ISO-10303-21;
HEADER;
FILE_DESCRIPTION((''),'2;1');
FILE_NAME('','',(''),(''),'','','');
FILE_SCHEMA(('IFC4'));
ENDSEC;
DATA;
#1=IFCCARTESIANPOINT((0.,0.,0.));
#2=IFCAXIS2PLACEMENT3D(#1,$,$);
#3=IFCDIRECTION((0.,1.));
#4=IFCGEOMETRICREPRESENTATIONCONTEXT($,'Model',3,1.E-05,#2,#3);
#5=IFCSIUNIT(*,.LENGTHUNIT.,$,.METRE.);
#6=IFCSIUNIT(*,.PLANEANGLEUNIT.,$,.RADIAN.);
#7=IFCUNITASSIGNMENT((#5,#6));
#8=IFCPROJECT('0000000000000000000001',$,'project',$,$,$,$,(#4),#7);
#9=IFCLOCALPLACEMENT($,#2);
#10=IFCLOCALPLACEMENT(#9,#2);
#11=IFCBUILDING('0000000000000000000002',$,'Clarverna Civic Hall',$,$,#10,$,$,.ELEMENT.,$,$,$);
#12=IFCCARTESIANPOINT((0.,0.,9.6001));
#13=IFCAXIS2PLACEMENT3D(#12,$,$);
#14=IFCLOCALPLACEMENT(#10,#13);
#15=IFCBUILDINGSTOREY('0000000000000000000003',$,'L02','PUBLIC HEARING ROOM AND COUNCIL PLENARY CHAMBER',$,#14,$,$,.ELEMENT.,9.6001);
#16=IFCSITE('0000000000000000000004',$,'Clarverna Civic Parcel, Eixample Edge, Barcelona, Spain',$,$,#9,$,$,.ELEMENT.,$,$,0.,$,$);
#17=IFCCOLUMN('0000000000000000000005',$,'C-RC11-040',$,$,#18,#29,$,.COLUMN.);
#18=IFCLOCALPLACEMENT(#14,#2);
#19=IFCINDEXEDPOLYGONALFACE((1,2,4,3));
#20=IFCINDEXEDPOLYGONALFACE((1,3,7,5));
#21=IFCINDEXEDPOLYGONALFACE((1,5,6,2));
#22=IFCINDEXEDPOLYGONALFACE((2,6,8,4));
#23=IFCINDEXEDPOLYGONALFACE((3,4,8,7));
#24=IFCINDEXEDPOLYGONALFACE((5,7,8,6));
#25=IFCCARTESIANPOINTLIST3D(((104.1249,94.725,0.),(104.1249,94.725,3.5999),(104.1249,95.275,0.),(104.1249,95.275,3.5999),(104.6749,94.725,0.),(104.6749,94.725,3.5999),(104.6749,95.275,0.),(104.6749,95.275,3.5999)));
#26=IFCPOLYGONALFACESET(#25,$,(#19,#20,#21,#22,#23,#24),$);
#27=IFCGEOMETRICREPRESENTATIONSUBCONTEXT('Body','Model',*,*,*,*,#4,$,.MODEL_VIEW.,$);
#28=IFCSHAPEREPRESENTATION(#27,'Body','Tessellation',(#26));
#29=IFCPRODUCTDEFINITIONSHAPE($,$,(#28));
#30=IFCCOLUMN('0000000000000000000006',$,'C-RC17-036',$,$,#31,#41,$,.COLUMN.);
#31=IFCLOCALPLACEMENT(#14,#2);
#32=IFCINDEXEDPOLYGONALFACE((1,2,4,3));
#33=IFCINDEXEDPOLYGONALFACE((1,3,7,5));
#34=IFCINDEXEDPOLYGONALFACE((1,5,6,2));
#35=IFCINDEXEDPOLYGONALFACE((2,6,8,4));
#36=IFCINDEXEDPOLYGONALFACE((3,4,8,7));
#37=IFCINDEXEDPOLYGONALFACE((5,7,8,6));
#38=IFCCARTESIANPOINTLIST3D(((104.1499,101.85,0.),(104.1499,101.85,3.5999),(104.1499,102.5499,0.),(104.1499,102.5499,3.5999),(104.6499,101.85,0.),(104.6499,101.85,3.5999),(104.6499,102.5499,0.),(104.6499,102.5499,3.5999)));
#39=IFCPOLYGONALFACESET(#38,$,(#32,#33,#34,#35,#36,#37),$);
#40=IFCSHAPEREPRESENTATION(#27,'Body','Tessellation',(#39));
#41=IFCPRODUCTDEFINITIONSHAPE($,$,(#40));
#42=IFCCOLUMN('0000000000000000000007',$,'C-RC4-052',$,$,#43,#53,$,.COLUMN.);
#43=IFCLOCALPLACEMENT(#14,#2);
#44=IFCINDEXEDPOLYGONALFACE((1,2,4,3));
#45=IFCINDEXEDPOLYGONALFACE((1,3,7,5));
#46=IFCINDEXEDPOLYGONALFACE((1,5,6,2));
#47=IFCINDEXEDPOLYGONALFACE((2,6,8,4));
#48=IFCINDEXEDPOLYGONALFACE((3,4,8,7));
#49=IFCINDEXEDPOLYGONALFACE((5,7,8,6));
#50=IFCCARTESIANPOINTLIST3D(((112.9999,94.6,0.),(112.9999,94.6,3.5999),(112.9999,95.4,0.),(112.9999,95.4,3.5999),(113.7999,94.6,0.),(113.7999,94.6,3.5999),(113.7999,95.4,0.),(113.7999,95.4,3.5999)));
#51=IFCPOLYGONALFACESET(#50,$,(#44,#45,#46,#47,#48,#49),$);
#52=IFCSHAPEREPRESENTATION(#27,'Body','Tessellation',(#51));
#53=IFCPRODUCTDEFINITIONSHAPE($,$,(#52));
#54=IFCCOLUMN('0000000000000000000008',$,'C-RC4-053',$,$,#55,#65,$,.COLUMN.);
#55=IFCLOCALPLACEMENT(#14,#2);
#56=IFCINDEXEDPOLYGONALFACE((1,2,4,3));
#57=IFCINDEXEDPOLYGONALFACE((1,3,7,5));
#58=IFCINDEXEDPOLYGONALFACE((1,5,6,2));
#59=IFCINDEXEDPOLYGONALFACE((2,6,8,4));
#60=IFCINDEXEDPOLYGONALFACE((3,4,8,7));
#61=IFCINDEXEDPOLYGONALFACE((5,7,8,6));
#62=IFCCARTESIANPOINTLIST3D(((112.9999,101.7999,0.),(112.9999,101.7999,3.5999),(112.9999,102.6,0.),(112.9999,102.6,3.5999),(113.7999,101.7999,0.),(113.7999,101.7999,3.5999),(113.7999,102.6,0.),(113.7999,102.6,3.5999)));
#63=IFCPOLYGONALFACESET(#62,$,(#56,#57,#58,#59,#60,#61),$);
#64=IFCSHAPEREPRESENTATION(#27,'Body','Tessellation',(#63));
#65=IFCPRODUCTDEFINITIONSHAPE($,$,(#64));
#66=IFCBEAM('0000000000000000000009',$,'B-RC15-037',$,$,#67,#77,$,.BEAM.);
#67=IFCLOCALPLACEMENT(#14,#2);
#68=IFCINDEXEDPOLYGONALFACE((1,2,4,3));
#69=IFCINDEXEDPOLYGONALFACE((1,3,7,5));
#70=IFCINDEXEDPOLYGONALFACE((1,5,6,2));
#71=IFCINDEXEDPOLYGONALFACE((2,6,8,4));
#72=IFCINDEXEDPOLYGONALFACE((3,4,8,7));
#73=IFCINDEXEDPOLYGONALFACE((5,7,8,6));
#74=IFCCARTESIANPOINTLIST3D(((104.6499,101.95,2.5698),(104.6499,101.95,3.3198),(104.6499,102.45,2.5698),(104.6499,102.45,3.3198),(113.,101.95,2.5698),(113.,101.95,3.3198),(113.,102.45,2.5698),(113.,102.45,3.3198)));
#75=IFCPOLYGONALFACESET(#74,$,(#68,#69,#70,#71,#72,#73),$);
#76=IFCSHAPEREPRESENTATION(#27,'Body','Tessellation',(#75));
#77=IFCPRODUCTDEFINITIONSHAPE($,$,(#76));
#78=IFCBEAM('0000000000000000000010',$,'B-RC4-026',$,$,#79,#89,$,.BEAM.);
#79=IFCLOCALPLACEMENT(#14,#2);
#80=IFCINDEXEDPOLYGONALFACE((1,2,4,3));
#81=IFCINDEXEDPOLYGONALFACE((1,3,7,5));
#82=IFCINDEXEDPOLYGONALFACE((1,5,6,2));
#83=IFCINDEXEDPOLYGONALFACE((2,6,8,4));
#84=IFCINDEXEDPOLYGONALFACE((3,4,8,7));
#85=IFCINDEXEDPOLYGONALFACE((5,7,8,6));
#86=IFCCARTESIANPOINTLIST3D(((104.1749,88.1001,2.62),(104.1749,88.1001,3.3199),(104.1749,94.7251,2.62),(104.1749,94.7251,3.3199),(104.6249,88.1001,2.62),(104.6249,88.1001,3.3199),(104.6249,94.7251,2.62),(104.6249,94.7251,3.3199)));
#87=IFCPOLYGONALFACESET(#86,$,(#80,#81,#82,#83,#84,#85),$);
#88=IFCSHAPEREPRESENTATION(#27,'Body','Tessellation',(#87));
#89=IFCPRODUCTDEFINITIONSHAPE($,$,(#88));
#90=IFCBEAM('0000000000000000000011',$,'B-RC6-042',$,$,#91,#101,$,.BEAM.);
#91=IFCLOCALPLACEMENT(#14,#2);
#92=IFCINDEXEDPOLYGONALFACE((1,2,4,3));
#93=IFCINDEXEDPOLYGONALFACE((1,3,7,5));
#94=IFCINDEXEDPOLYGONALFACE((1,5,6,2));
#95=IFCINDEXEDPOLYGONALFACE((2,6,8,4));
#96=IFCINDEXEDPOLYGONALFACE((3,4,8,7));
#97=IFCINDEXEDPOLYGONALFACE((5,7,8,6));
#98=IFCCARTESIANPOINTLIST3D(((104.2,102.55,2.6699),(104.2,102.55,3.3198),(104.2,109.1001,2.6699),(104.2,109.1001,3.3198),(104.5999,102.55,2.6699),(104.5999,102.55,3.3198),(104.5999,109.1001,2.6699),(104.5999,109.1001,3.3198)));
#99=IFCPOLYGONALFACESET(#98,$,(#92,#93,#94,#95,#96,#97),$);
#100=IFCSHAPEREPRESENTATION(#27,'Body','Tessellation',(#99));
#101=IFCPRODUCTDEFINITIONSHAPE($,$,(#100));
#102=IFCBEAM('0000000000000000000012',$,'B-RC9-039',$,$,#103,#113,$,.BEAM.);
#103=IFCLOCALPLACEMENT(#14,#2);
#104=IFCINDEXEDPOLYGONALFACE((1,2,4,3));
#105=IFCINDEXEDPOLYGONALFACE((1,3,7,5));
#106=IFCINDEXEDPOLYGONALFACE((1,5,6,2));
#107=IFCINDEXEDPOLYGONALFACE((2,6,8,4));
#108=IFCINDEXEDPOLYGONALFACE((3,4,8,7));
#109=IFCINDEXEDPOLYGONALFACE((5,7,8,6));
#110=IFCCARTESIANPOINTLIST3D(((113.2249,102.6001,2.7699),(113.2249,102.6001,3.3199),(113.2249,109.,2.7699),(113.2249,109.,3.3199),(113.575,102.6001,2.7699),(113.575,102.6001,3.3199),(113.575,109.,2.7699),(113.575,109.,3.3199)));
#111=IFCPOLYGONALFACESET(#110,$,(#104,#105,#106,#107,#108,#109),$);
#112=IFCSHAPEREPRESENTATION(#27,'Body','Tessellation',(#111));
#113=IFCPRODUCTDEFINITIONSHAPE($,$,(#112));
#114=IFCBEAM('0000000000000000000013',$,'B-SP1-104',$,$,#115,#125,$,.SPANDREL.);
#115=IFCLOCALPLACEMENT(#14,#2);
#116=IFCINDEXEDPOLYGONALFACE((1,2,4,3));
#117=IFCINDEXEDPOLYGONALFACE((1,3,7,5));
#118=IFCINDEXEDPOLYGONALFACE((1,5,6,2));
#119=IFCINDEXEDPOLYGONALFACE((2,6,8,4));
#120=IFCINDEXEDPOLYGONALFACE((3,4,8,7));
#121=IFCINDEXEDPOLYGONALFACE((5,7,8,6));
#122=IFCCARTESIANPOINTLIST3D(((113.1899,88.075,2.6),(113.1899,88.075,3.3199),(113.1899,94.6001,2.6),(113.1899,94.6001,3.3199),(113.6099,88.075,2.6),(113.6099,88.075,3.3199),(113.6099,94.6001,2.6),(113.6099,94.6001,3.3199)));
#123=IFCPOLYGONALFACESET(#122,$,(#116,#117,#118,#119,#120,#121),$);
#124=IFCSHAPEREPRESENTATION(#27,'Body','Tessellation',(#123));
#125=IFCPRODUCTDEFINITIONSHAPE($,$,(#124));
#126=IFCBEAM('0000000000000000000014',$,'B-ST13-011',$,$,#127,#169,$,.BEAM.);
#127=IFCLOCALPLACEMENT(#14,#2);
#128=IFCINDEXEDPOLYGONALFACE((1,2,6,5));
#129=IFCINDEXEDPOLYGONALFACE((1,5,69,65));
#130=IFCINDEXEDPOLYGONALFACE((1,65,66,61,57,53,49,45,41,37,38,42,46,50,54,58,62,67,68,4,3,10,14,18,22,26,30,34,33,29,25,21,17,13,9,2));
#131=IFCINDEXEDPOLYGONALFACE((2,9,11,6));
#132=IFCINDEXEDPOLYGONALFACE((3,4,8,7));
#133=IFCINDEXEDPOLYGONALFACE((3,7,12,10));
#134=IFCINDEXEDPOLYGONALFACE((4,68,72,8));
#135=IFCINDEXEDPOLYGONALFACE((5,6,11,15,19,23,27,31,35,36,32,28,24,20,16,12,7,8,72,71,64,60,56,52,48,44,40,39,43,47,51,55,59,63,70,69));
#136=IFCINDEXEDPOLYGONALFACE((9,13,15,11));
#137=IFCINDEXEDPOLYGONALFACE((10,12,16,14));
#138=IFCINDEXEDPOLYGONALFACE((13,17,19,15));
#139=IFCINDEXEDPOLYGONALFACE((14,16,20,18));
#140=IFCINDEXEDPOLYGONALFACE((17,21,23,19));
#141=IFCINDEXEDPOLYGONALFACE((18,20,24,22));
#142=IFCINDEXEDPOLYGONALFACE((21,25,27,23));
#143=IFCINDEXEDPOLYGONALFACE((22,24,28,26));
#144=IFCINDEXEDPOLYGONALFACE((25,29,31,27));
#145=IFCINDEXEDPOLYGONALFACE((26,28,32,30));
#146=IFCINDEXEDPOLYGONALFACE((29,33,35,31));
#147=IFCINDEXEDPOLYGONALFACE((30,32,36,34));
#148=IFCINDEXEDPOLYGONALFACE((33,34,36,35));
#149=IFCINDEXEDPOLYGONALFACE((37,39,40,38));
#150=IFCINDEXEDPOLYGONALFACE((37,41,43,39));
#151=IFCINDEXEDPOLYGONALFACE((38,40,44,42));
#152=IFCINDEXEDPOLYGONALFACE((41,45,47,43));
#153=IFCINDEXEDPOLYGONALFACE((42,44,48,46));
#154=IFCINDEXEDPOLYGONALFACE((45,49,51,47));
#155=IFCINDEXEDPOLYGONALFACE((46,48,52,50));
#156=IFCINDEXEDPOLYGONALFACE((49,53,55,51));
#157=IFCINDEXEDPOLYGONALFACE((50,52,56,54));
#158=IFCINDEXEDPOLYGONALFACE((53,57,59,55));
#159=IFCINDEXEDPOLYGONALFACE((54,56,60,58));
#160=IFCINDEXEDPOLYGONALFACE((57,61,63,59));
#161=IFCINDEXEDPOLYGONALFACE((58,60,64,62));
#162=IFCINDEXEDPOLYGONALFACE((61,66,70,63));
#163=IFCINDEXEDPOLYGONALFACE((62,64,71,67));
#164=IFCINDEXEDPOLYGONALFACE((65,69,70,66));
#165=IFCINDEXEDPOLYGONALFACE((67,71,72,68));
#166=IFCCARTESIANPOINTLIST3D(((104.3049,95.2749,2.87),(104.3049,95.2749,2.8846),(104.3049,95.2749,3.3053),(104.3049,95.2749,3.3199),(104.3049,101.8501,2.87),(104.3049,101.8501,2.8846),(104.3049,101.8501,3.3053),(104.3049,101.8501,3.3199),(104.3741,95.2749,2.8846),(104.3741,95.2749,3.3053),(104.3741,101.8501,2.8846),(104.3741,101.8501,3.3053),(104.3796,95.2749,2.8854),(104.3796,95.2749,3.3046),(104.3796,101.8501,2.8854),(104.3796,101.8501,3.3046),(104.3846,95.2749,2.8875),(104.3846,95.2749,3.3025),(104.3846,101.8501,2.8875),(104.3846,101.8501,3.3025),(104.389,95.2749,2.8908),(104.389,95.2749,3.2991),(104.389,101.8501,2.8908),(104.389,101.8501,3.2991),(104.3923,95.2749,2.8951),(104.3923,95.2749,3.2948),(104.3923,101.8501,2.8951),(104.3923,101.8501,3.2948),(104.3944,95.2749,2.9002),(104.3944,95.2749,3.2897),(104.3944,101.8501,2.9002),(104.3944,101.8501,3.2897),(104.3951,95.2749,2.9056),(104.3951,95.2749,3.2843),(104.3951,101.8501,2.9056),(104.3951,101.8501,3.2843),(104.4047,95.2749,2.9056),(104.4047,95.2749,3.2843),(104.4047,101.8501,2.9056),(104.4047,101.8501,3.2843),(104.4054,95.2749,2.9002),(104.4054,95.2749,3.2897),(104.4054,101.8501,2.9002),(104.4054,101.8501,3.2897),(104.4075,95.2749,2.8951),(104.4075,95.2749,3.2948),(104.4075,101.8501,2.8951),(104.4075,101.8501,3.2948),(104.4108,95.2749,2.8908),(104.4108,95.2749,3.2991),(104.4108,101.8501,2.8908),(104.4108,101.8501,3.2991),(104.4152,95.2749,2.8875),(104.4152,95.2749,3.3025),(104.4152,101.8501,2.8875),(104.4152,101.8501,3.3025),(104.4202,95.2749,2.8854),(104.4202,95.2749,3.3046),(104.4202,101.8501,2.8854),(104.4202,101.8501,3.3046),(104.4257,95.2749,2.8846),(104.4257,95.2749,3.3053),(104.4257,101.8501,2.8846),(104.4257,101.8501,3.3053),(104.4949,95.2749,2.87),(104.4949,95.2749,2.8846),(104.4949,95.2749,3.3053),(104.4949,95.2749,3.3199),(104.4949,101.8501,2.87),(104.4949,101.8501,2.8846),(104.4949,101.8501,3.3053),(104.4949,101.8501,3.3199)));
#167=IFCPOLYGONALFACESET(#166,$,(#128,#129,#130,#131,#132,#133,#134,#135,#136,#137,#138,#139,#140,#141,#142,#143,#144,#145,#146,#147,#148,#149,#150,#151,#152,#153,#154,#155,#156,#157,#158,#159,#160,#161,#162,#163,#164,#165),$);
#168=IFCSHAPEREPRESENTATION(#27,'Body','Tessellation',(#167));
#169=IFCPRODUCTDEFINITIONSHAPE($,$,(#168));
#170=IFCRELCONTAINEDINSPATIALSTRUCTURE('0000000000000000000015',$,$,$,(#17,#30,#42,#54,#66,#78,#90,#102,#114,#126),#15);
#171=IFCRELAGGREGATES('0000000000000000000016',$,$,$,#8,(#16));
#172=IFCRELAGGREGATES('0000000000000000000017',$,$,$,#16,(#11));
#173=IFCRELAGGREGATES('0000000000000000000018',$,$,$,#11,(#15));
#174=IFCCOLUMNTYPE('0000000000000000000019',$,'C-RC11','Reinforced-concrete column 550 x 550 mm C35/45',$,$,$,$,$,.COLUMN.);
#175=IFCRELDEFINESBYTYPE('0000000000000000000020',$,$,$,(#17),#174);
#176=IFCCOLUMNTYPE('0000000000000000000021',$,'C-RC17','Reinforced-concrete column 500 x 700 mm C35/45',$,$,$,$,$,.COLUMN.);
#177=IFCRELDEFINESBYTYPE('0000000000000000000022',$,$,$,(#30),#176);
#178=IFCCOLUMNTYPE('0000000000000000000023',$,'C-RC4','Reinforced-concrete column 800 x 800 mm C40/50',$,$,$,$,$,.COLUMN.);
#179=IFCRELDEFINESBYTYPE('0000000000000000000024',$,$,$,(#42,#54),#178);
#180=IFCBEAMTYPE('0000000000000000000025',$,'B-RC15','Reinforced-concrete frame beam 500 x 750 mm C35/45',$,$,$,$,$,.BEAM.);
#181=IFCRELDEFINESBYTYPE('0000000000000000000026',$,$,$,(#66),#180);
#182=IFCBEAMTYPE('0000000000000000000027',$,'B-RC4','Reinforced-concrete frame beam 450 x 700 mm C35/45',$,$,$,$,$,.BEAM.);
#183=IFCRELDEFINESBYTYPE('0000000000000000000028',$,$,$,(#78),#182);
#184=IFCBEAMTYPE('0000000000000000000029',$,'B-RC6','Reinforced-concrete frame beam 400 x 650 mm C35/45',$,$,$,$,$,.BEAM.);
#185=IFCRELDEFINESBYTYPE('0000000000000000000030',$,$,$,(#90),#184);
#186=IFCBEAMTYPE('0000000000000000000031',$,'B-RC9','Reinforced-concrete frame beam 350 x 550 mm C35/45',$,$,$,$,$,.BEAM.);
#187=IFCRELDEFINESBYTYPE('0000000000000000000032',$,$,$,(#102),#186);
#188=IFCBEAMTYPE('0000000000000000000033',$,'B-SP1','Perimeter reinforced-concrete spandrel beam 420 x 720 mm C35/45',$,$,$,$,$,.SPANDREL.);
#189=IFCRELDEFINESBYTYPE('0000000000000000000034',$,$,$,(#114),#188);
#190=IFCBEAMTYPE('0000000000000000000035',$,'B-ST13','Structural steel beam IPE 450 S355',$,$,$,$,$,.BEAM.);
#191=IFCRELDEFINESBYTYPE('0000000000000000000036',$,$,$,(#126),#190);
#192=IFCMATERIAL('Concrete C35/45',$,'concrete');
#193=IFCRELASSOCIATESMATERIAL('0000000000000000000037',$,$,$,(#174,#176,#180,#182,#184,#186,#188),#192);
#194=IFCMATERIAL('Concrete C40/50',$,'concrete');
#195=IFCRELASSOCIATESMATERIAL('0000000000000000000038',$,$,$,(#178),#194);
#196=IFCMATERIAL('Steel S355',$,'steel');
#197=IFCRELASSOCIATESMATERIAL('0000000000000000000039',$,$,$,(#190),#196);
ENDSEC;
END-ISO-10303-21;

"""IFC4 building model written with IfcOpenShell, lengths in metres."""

from ifc_helpers import new_model, si_unit, direction, frame, origin, origin_2d, place, context, subcontext, project, spatial, rectangle, i_section, extrude, material, material_profile, profile_set, type_object, element, save


model = new_model("IFC4")

# Units and contexts
model_context = context("Model", 3, precision=1e-05, world=origin(), true_north=direction((0.0, 1.0)))
body_context = subcontext(model_context, "Body", "Model", "MODEL_VIEW")
ifc_project = project(units=[si_unit("LENGTHUNIT", "METRE"), si_unit("PLANEANGLEUNIT", "RADIAN")], contexts=[model_context])

# Site, building, storey
site_placement = place(None, origin())
site = spatial("IfcSite", under=ifc_project, at=site_placement, Name="Clarverna Civic Parcel, Eixample Edge, Barcelona, Spain", CompositionType="ELEMENT", RefElevation=0.0)
building_placement = place(site_placement, origin())
building = spatial("IfcBuilding", under=site, at=building_placement, Name="Clarverna Civic Hall", CompositionType="ELEMENT")
storey_placement = place(building_placement, frame((0.0, 0.0, 9.6001)))
storey = spatial("IfcBuildingStorey", under=building, at=storey_placement, Name="L02", Description="PUBLIC HEARING ROOM AND COUNCIL PLENARY CHAMBER", CompositionType="ELEMENT", Elevation=9.6001)

# Columns
ifc_material_1 = material(Name="Concrete C35/45", Category="concrete")
ifc_material_profile_1 = material_profile(ifc_material_1, rectangle(XDim=0.55, YDim=0.55, at=origin_2d()), Name="RC 550x550")
ifc_profile_set_1 = profile_set([ifc_material_profile_1], Name="Concrete C35/45")
column_type_1 = type_object("IfcColumnType", Name="C-RC11", Description="Reinforced-concrete column 550 x 550 mm C35/45", PredefinedType="COLUMN", material=ifc_profile_set_1)
column_1_placement = place(storey_placement, frame((104.3999, 95.0, 0.0), z_axis=(0.0, 0.0, 1.0), x_axis=(1.0, 0.0, 0.0)))
element("IfcColumn", 1, at=column_1_placement, inside=storey, type_object=column_type_1, Name="C-RC11-040", PredefinedType="COLUMN", context=body_context, shape_type="SweptSolid", body=[
    extrude(rectangle(XDim=0.55, YDim=0.55, at=origin_2d()), origin(), (0.0, 0.0, 1.0), 3.5999),
])
ifc_material_profile_2 = material_profile(ifc_material_1, rectangle(XDim=0.5, YDim=0.7, at=origin_2d()), Name="RC 500x700")
ifc_profile_set_2 = profile_set([ifc_material_profile_2], Name="Concrete C35/45")
column_type_2 = type_object("IfcColumnType", Name="C-RC17", Description="Reinforced-concrete column 500 x 700 mm C35/45", PredefinedType="COLUMN", material=ifc_profile_set_2)
column_2_placement = place(storey_placement, frame((104.3999, 102.2, 0.0), z_axis=(0.0, 0.0, 1.0), x_axis=(1.0, 0.0, 0.0)))
element("IfcColumn", 2, at=column_2_placement, inside=storey, type_object=column_type_2, Name="C-RC17-036", PredefinedType="COLUMN", context=body_context, shape_type="SweptSolid", body=[
    extrude(rectangle(XDim=0.5, YDim=0.7, at=origin_2d()), origin(), (0.0, 0.0, 1.0), 3.5999),
])
ifc_material_2 = material(Name="Concrete C40/50", Category="concrete")
ifc_material_profile_3 = material_profile(ifc_material_2, rectangle(XDim=0.8, YDim=0.8, at=origin_2d()), Name="RC 800x800")
ifc_profile_set_3 = profile_set([ifc_material_profile_3], Name="Concrete C40/50")
column_type_3 = type_object("IfcColumnType", Name="C-RC4", Description="Reinforced-concrete column 800 x 800 mm C40/50", PredefinedType="COLUMN", material=ifc_profile_set_3)
for number, where, z_axis, x_axis, name in (
    (3, (113.3999, 95.0, 0.0), (0.0, 0.0, 1.0), (1.0, 0.0, 0.0), "C-RC4-052"),
    (4, (113.3999, 102.2, 0.0), (0.0, 0.0, 1.0), (1.0, 0.0, 0.0), "C-RC4-053"),
):
    element("IfcColumn", number, at=place(storey_placement, frame(where, z_axis=z_axis, x_axis=x_axis)), inside=storey, type_object=column_type_3, Name=name, PredefinedType="COLUMN", context=body_context, shape_type="SweptSolid", body=[
        extrude(rectangle(XDim=0.8, YDim=0.8, at=origin_2d()), origin(), (0.0, 0.0, 1.0), 3.5999),
    ])

# Beams
ifc_material_profile_4 = material_profile(ifc_material_1, rectangle(XDim=0.5, YDim=0.75, at=origin_2d()), Name="RC 500x750")
ifc_profile_set_4 = profile_set([ifc_material_profile_4], Name="Concrete C35/45")
beam_type_1 = type_object("IfcBeamType", Name="B-RC15", Description="Reinforced-concrete frame beam 500 x 750 mm C35/45", PredefinedType="BEAM", material=ifc_profile_set_4)
beam_1_placement = place(storey_placement, frame((104.6499, 102.2, 2.9448), z_axis=(1.0, 0.0, 0.0), x_axis=(0.0, 1.0, 0.0)))
element("IfcBeam", 5, at=beam_1_placement, inside=storey, type_object=beam_type_1, Name="B-RC15-037", PredefinedType="BEAM", context=body_context, shape_type="SweptSolid", body=[
    extrude(rectangle(XDim=0.5, YDim=0.75, at=origin_2d()), origin(), (0.0, 0.0, 1.0), 8.3501),
])
ifc_material_profile_5 = material_profile(ifc_material_1, rectangle(XDim=0.45, YDim=0.7, at=origin_2d()), Name="RC 450x700")
ifc_profile_set_5 = profile_set([ifc_material_profile_5], Name="Concrete C35/45")
beam_type_2 = type_object("IfcBeamType", Name="B-RC4", Description="Reinforced-concrete frame beam 450 x 700 mm C35/45", PredefinedType="BEAM", material=ifc_profile_set_5)
beam_2_placement = place(storey_placement, frame((104.3999, 88.1001, 2.97), z_axis=(0.0, 1.0, 0.0), x_axis=(-1.0, 0.0, 0.0)))
element("IfcBeam", 6, at=beam_2_placement, inside=storey, type_object=beam_type_2, Name="B-RC4-026", PredefinedType="BEAM", context=body_context, shape_type="SweptSolid", body=[
    extrude(rectangle(XDim=0.45, YDim=0.7, at=origin_2d()), origin(), (0.0, 0.0, 1.0), 6.625),
])
ifc_material_profile_6 = material_profile(ifc_material_1, rectangle(XDim=0.3999, YDim=0.6499, at=origin_2d()), Name="RC 400x650")
ifc_profile_set_6 = profile_set([ifc_material_profile_6], Name="Concrete C35/45")
beam_type_3 = type_object("IfcBeamType", Name="B-RC6", Description="Reinforced-concrete frame beam 400 x 650 mm C35/45", PredefinedType="BEAM", material=ifc_profile_set_6)
beam_3_placement = place(storey_placement, frame((104.3999, 102.55, 2.9949), z_axis=(0.0, 1.0, 0.0), x_axis=(-1.0, 0.0, 0.0)))
element("IfcBeam", 7, at=beam_3_placement, inside=storey, type_object=beam_type_3, Name="B-RC6-042", PredefinedType="BEAM", context=body_context, shape_type="SweptSolid", body=[
    extrude(rectangle(XDim=0.3999, YDim=0.6499, at=origin_2d()), origin(), (0.0, 0.0, 1.0), 6.55),
])
ifc_material_profile_7 = material_profile(ifc_material_1, rectangle(XDim=0.3501, YDim=0.55, at=origin_2d()), Name="RC 350x550")
ifc_profile_set_7 = profile_set([ifc_material_profile_7], Name="Concrete C35/45")
beam_type_4 = type_object("IfcBeamType", Name="B-RC9", Description="Reinforced-concrete frame beam 350 x 550 mm C35/45", PredefinedType="BEAM", material=ifc_profile_set_7)
beam_4_placement = place(storey_placement, frame((113.3999, 102.6001, 3.0449), z_axis=(0.0, 1.0, 0.0), x_axis=(-1.0, 0.0, 0.0)))
element("IfcBeam", 8, at=beam_4_placement, inside=storey, type_object=beam_type_4, Name="B-RC9-039", PredefinedType="BEAM", context=body_context, shape_type="SweptSolid", body=[
    extrude(rectangle(XDim=0.3501, YDim=0.55, at=origin_2d()), origin(), (0.0, 0.0, 1.0), 6.3999),
])
ifc_material_profile_8 = material_profile(ifc_material_1, rectangle(XDim=0.4199, YDim=0.72, at=origin_2d()), Name="RC 420x720")
ifc_profile_set_8 = profile_set([ifc_material_profile_8], Name="Concrete C35/45")
beam_type_5 = type_object("IfcBeamType", Name="B-SP1", Description="Perimeter reinforced-concrete spandrel beam 420 x 720 mm C35/45", PredefinedType="SPANDREL", material=ifc_profile_set_8)
beam_5_placement = place(storey_placement, frame((113.3999, 88.075, 2.96), z_axis=(0.0, 1.0, 0.0), x_axis=(-1.0, 0.0, 0.0)))
element("IfcBeam", 9, at=beam_5_placement, inside=storey, type_object=beam_type_5, Name="B-SP1-104", PredefinedType="SPANDREL", context=body_context, shape_type="SweptSolid", body=[
    extrude(rectangle(XDim=0.4199, YDim=0.72, at=origin_2d()), origin(), (0.0, 0.0, 1.0), 6.5251),
])
ifc_material_3 = material(Name="Steel S355", Category="steel")
ifc_material_profile_9 = material_profile(ifc_material_3, i_section(OverallWidth=0.1899, OverallDepth=0.45, WebThickness=0.0095, FlangeThickness=0.0146, FilletRadius=0.021, at=origin_2d()), Name="IPE 450")
ifc_profile_set_9 = profile_set([ifc_material_profile_9], Name="Steel S355")
beam_type_6 = type_object("IfcBeamType", Name="B-ST13", Description="Structural steel beam IPE 450 S355", PredefinedType="BEAM", material=ifc_profile_set_9)
beam_6_placement = place(storey_placement, frame((104.3999, 95.2749, 3.095), z_axis=(0.0, 1.0, 0.0), x_axis=(-1.0, 0.0, 0.0)))
element("IfcBeam", 10, at=beam_6_placement, inside=storey, type_object=beam_type_6, Name="B-ST13-011", PredefinedType="BEAM", context=body_context, shape_type="SweptSolid", body=[
    extrude(i_section(OverallWidth=0.1899, OverallDepth=0.45, WebThickness=0.0095, FlangeThickness=0.0146, FilletRadius=0.021, at=origin_2d()), origin(), (0.0, 0.0, 1.0), 6.5752),
])

save(model, "model.ifc")
